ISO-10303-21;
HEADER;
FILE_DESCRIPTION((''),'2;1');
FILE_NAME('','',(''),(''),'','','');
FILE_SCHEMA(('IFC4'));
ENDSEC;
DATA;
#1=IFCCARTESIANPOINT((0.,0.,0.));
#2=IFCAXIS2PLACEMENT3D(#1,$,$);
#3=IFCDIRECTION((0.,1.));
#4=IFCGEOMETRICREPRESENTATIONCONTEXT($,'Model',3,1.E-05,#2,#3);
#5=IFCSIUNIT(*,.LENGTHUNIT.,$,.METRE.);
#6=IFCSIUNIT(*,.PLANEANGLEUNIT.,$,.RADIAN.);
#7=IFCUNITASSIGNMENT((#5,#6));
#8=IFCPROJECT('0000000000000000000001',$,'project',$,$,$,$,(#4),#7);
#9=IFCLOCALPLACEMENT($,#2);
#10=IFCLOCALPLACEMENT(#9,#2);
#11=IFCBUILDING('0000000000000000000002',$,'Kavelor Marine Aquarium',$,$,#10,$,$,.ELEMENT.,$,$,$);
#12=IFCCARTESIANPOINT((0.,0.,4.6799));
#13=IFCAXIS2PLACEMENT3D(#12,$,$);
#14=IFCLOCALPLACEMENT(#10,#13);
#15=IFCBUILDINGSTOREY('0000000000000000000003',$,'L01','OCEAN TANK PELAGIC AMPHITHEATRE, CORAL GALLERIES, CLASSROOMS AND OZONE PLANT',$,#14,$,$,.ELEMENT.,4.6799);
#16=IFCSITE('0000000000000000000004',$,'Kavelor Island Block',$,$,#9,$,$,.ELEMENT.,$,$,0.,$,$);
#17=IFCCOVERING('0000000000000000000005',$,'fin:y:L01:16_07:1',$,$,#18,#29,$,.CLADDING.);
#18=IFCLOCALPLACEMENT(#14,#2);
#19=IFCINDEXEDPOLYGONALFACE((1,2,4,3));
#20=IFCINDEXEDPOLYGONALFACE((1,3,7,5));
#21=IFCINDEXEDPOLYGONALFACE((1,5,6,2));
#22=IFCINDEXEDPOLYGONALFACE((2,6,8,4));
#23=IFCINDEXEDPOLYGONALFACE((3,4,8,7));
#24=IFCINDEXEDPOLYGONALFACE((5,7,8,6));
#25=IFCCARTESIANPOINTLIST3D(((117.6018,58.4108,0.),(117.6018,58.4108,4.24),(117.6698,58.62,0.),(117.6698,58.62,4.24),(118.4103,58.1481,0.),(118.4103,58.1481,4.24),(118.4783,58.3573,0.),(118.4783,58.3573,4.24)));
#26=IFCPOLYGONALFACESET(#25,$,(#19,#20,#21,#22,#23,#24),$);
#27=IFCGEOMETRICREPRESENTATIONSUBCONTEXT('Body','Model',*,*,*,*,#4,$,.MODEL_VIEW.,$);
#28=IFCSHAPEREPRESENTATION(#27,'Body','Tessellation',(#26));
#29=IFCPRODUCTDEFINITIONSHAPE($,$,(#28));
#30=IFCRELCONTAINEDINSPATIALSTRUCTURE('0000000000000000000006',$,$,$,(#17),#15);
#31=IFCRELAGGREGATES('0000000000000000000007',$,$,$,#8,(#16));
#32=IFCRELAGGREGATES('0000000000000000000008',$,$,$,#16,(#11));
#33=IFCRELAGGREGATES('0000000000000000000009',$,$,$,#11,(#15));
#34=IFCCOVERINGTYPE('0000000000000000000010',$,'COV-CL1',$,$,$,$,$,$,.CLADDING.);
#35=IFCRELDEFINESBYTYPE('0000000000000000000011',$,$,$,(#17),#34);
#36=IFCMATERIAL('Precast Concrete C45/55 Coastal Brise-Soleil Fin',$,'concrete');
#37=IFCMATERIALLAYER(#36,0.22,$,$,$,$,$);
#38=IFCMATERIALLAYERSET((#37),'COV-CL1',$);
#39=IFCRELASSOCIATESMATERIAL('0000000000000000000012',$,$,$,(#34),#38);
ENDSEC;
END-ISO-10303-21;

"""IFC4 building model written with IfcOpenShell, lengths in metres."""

from ifc_helpers import new_model, si_unit, direction, frame, origin, origin_2d, place, context, subcontext, project, spatial, rectangle, extrude, material, layer, layer_set, type_object, element, save


model = new_model("IFC4")

# Units and contexts
model_context = context("Model", 3, precision=1e-05, world=origin(), true_north=direction((0.0, 1.0)))
body_context = subcontext(model_context, "Body", "Model", "MODEL_VIEW")
ifc_project = project(units=[si_unit("LENGTHUNIT", "METRE"), si_unit("PLANEANGLEUNIT", "RADIAN")], contexts=[model_context])

# Site, building, storey
site_placement = place(None, origin())
site = spatial("IfcSite", under=ifc_project, at=site_placement, Name="Kavelor Island Block", CompositionType="ELEMENT", RefElevation=0.0)
building_placement = place(site_placement, origin())
building = spatial("IfcBuilding", under=site, at=building_placement, Name="Kavelor Marine Aquarium", CompositionType="ELEMENT")
storey_placement = place(building_placement, frame((0.0, 0.0, 4.6799)))
storey = spatial("IfcBuildingStorey", under=building, at=storey_placement, Name="L01", Description="OCEAN TANK PELAGIC AMPHITHEATRE, CORAL GALLERIES, CLASSROOMS AND OZONE PLANT", CompositionType="ELEMENT", Elevation=4.6799)

# Covering
ifc_material_1 = material(Name="Precast Concrete C45/55 Coastal Brise-Soleil Fin", Category="concrete")
ifc_layer_1 = layer(ifc_material_1, 0.22)
ifc_layer_set_1 = layer_set([ifc_layer_1], Name="COV-CL1")
covering_type = type_object("IfcCoveringType", Name="COV-CL1", PredefinedType="CLADDING", material=ifc_layer_set_1)
covering_placement = place(storey_placement, frame((118.04, 58.384, 0.0), z_axis=(0.0, 0.0, 1.0), x_axis=(0.951057, -0.309017, 0.0)))
element("IfcCovering", 1, at=covering_placement, inside=storey, type_object=covering_type, Name="fin:y:L01:16_07:1", PredefinedType="CLADDING", context=body_context, shape_type="SweptSolid", body=[
    extrude(rectangle(XDim=0.8501, YDim=0.22, at=origin_2d()), origin(), (0.0, 0.0, 1.0), 4.24),
])

save(model, "model.ifc")
